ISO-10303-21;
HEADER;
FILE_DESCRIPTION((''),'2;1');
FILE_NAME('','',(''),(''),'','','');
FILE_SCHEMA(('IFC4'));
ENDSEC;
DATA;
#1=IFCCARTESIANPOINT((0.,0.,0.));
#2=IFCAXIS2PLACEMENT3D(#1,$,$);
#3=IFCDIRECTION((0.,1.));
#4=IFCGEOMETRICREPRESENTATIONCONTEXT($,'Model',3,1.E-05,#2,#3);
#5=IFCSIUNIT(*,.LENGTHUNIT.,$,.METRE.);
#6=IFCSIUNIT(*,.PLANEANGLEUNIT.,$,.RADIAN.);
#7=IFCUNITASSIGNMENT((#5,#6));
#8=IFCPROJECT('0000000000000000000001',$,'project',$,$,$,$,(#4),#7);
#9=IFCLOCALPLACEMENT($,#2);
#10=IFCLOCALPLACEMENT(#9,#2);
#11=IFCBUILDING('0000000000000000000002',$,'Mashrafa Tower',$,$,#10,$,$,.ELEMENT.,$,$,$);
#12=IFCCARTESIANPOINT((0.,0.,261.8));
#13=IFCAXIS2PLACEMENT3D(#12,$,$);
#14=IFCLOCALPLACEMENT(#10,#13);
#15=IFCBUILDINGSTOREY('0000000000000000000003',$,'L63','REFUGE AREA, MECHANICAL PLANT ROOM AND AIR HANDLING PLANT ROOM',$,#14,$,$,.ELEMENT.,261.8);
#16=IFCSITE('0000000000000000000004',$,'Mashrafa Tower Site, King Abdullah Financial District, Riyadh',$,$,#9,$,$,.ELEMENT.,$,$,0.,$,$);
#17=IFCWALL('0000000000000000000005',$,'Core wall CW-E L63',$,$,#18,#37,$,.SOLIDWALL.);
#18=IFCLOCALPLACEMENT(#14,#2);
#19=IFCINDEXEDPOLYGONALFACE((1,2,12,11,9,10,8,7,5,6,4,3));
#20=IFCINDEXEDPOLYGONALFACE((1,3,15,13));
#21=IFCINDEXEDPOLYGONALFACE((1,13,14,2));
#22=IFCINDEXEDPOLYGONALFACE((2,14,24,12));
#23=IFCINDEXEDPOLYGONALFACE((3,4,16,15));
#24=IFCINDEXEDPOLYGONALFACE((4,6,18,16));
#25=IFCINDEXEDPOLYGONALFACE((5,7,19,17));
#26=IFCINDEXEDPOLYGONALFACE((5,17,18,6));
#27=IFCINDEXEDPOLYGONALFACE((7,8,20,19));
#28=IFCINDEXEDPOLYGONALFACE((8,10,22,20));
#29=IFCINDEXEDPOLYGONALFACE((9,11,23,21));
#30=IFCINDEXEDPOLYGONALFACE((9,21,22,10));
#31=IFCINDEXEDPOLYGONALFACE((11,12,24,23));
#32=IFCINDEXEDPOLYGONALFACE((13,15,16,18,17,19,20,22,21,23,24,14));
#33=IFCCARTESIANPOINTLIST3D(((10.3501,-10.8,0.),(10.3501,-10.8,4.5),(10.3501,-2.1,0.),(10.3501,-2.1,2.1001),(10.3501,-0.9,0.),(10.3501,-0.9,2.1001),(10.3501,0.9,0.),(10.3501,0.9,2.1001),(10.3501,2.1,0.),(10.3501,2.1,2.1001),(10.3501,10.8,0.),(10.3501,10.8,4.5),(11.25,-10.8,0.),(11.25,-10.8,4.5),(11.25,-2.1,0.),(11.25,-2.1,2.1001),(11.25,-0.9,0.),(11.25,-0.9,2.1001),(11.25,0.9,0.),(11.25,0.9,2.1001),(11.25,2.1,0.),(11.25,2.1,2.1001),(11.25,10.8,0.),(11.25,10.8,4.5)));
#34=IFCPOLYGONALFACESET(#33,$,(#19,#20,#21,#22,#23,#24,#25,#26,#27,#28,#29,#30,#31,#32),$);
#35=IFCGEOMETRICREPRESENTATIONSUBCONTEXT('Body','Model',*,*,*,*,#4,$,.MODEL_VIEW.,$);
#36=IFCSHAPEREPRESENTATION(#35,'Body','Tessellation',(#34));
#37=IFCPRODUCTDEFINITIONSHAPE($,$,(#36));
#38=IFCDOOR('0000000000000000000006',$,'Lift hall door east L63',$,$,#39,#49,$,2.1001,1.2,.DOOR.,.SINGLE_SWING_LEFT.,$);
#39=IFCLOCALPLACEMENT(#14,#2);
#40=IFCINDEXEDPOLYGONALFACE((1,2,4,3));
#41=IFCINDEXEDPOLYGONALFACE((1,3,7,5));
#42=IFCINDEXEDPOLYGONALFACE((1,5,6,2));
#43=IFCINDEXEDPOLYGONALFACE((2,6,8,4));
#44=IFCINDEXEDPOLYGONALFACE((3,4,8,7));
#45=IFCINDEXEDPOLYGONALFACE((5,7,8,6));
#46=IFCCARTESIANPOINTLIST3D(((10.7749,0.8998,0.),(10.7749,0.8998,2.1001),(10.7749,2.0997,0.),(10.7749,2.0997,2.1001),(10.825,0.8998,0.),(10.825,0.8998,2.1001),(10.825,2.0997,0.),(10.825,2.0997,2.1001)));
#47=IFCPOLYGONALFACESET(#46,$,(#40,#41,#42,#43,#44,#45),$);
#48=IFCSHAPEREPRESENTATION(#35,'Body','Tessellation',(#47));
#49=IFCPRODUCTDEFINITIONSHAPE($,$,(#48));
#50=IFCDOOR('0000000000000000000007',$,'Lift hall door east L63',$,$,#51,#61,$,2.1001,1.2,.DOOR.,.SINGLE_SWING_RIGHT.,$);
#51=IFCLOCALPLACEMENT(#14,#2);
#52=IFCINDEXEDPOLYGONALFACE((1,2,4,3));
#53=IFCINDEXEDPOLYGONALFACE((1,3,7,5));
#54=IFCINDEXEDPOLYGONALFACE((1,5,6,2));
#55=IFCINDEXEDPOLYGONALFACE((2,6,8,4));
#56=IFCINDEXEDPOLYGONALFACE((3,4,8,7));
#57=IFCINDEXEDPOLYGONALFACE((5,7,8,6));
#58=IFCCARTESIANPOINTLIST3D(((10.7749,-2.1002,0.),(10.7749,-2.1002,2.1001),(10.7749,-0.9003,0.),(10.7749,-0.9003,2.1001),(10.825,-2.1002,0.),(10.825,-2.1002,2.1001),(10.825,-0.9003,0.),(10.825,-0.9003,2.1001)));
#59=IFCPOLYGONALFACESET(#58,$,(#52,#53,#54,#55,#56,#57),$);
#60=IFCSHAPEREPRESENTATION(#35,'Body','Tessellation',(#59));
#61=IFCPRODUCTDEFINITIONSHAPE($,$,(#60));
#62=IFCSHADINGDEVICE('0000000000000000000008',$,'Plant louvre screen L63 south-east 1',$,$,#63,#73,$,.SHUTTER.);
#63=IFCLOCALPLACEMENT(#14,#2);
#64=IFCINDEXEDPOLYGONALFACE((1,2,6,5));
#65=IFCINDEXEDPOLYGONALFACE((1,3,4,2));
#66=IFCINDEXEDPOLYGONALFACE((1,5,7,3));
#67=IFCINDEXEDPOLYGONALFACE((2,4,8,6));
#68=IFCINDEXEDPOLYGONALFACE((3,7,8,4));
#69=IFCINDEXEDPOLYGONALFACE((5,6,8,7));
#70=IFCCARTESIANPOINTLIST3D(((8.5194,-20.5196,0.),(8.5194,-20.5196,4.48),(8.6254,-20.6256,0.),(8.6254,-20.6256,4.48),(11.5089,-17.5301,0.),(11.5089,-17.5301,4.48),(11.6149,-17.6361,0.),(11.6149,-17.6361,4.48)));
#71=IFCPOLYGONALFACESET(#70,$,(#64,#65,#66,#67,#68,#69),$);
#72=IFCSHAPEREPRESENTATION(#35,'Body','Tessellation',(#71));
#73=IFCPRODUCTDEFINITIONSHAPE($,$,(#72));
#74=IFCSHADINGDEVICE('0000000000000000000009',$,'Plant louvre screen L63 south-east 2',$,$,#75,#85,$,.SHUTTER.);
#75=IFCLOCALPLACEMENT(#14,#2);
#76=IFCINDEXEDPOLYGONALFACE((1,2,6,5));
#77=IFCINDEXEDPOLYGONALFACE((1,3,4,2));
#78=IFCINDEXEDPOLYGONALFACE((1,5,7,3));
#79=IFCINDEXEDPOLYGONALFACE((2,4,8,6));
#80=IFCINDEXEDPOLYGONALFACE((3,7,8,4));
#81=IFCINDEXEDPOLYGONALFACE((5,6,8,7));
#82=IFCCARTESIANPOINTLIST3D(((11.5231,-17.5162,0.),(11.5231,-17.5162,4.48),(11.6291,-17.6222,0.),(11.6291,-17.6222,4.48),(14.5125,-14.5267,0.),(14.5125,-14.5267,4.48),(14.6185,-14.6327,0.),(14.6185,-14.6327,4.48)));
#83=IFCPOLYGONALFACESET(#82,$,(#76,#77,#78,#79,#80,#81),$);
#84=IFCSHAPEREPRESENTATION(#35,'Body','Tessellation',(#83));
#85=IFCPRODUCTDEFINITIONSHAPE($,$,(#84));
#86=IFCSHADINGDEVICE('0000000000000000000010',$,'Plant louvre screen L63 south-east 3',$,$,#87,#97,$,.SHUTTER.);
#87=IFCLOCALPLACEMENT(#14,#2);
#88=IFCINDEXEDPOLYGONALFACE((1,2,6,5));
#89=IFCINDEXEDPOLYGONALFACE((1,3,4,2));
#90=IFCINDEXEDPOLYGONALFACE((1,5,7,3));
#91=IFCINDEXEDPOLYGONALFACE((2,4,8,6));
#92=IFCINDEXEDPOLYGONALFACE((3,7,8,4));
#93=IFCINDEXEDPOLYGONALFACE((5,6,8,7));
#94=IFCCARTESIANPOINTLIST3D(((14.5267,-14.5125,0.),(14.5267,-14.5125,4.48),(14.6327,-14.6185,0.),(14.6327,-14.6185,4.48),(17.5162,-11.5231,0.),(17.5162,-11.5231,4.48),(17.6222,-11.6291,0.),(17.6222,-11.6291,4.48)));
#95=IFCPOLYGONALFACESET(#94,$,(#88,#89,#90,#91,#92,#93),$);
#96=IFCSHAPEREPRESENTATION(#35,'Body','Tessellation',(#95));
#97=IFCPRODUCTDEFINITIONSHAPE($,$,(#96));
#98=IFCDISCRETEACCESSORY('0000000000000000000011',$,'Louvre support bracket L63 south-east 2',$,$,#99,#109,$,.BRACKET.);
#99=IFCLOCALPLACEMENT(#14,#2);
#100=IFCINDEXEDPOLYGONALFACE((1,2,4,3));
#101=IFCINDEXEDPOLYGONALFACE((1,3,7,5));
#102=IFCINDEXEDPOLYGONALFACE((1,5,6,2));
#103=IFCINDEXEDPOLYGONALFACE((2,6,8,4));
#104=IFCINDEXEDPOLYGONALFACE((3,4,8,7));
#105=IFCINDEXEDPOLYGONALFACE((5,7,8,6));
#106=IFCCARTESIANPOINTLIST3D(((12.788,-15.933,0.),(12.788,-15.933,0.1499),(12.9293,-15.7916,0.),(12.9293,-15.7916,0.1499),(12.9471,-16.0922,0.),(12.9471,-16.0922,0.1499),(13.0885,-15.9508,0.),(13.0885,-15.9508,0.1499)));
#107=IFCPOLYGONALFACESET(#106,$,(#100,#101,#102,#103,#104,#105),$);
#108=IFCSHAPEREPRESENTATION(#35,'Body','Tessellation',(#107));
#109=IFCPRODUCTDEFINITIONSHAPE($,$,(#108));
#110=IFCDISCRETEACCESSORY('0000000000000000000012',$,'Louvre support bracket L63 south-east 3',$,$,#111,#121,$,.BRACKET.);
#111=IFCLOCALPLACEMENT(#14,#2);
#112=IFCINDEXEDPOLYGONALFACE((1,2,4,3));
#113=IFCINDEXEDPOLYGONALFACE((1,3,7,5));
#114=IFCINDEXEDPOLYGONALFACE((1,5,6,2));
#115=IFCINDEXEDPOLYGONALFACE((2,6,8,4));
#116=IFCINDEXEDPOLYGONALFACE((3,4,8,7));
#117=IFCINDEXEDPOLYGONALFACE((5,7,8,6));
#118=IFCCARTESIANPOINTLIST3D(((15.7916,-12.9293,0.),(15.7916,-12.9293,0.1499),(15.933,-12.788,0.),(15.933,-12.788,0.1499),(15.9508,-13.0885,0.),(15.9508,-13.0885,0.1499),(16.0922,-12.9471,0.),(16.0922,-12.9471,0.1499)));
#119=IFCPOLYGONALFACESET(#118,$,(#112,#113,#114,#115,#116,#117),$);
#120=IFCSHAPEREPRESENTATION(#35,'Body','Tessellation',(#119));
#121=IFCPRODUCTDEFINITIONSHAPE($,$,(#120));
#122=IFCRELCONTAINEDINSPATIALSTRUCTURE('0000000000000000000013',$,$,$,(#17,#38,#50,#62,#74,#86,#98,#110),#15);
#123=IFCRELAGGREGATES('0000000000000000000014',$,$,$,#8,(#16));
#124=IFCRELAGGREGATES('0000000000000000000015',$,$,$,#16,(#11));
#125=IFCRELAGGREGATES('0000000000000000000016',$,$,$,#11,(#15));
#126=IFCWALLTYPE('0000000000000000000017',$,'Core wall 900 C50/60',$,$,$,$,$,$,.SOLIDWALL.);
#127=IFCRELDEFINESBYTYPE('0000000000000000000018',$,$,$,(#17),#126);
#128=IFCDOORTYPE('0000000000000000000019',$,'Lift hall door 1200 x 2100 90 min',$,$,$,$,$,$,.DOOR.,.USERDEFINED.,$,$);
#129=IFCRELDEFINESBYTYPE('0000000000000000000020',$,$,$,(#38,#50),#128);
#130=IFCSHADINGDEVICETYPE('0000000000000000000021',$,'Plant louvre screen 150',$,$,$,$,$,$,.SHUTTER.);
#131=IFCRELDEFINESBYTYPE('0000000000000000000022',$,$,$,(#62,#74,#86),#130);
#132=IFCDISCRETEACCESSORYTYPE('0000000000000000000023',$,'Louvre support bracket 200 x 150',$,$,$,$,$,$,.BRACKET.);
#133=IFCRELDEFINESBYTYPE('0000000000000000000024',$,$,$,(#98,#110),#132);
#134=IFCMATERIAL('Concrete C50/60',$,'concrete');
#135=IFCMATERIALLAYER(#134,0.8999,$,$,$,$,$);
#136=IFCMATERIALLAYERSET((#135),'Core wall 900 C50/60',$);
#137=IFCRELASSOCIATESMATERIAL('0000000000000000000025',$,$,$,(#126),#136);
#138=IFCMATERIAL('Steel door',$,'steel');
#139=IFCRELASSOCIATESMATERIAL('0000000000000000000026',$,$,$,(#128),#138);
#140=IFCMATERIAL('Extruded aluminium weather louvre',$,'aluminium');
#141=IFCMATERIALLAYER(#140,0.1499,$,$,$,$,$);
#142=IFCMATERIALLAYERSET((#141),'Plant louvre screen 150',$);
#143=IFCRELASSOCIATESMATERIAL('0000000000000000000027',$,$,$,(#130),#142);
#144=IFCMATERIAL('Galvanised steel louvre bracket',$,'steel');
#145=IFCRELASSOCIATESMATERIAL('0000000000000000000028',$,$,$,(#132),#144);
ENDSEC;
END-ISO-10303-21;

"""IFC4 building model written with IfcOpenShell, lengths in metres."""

from ifc_helpers import new_model, si_unit, direction, frame, frame_2d, origin, origin_2d, place, context, subcontext, project, spatial, rectangle, extrude, source, transform, mapped, material, layer, layer_set, type_object, type_shapes, element, fill, save


model = new_model("IFC4")

# Units and contexts
model_context = context("Model", 3, precision=1e-05, world=origin(), true_north=direction((0.0, 1.0)))
body_context = subcontext(model_context, "Body", "Model", "MODEL_VIEW")
ifc_project = project(units=[si_unit("LENGTHUNIT", "METRE"), si_unit("PLANEANGLEUNIT", "RADIAN")], contexts=[model_context])

# Site, building, storey
site_placement = place(None, origin())
site = spatial("IfcSite", under=ifc_project, at=site_placement, Name="Mashrafa Tower Site, King Abdullah Financial District, Riyadh", CompositionType="ELEMENT", RefElevation=0.0)
building_placement = place(site_placement, origin())
building = spatial("IfcBuilding", under=site, at=building_placement, Name="Mashrafa Tower", CompositionType="ELEMENT")
storey_placement = place(building_placement, frame((0.0, 0.0, 261.8)))
storey = spatial("IfcBuildingStorey", under=building, at=storey_placement, Name="L63", Description="REFUGE AREA, MECHANICAL PLANT ROOM AND AIR HANDLING PLANT ROOM", CompositionType="ELEMENT", Elevation=261.8)

# Wall, openings, doors
ifc_material_1 = material(Name="Concrete C50/60", Category="concrete")
ifc_layer_1 = layer(ifc_material_1, 0.8999)
ifc_layer_set_1 = layer_set([ifc_layer_1], Name="Core wall 900 C50/60")
wall_type_1 = type_object("IfcWallType", Name="Core wall 900 C50/60", PredefinedType="SOLIDWALL", material=ifc_layer_set_1)
wall_1_placement = place(storey_placement, frame((10.8, -10.8, 0.0), z_axis=(0.0, 0.0, 1.0), x_axis=(0.0, 1.0, 0.0)))
wall_1 = element("IfcWall", 1, at=wall_1_placement, inside=storey, type_object=wall_type_1, Name="Core wall CW-E L63", PredefinedType="SOLIDWALL", context=body_context, shape_type="SweptSolid", body=[
    extrude(rectangle(XDim=21.6001, YDim=0.8999, at=frame_2d((10.8, 0.0))), origin(), (0.0, 0.0, 1.0), 4.5),
])
opening_1_placement = place(wall_1_placement, frame((11.7, 0.0, 0.0)))
opening_1 = element("IfcOpeningElement", 2, at=opening_1_placement, cuts=wall_1, PredefinedType="OPENING", context=body_context, shape_type="SweptSolid", body=[
    extrude(rectangle(XDim=1.2, YDim=2.1001, at=frame_2d((0.6001, 1.05))), frame((0.0, 0.46, 0.0), z_axis=(0.0, -1.0, 0.0), x_axis=(1.0, 0.0, 0.0)), (0.0, 0.0, 1.0), 0.9199),
])
opening_2_placement = place(wall_1_placement, frame((8.7, 0.0, 0.0)))
opening_2 = element("IfcOpeningElement", 3, at=opening_2_placement, cuts=wall_1, PredefinedType="OPENING", context=body_context, shape_type="SweptSolid", body=[
    extrude(rectangle(XDim=1.2, YDim=2.1001, at=frame_2d((0.6001, 1.05))), frame((0.0, 0.46, 0.0), z_axis=(0.0, -1.0, 0.0), x_axis=(1.0, 0.0, 0.0)), (0.0, 0.0, 1.0), 0.9199),
])
ifc_material_2 = material(Name="Steel door", Category="steel")
door_type_1 = type_object("IfcDoorType", Name="Lift hall door 1200 x 2100 90 min", OperationType="USERDEFINED", PredefinedType="DOOR", material=ifc_material_2)
door_1_placement = place(opening_1_placement, frame((1.2, 0.0, 0.0), z_axis=(0.0, 0.0, 1.0), x_axis=(-1.0, 0.0, 0.0)))
door_1 = element("IfcDoor", 4, at=door_1_placement, inside=storey, type_object=door_type_1, Name="Lift hall door east L63", OperationType="SINGLE_SWING_LEFT", OverallHeight=2.1001, OverallWidth=1.2, PredefinedType="DOOR", context=body_context, shape_type="SweptSolid", body=[
    extrude(rectangle(XDim=1.2, YDim=2.1001, at=frame_2d((0.6001, 1.05))), frame((0.0, 0.0249, 0.0), z_axis=(0.0, -1.0, 0.0), x_axis=(1.0, 0.0, 0.0)), (0.0, 0.0, 1.0), 0.05),
])
fill(opening_1, door_1)
door_2_placement = place(opening_2_placement, frame((1.2, 0.0, 0.0), z_axis=(0.0, 0.0, 1.0), x_axis=(-1.0, 0.0, 0.0)))
door_2 = element("IfcDoor", 5, at=door_2_placement, inside=storey, type_object=door_type_1, Name="Lift hall door east L63", OperationType="SINGLE_SWING_RIGHT", OverallHeight=2.1001, OverallWidth=1.2, PredefinedType="DOOR", context=body_context, shape_type="SweptSolid", body=[
    extrude(rectangle(XDim=1.2, YDim=2.1001, at=frame_2d((0.6001, 1.05))), frame((0.0, 0.0249, 0.0), z_axis=(0.0, -1.0, 0.0), x_axis=(1.0, 0.0, 0.0)), (0.0, 0.0, 1.0), 0.05),
])
fill(opening_2, door_2)

# Shading devices
ifc_material_3 = material(Name="Extruded aluminium weather louvre", Category="aluminium")
ifc_layer_2 = layer(ifc_material_3, 0.1499)
ifc_layer_set_2 = layer_set([ifc_layer_2], Name="Plant louvre screen 150")
shading_device_type = type_object("IfcShadingDeviceType", Name="Plant louvre screen 150", PredefinedType="SHUTTER", material=ifc_layer_set_2)
shared_shape_1 = source(origin(), body_context, "Body", "SweptSolid", [
    extrude(rectangle(XDim=4.2278, YDim=0.1499, at=origin_2d()), origin(), (0.0, 0.0, 1.0), 4.48),
])
type_shapes(shading_device_type, [shared_shape_1])
for number, where, z_axis, x_axis, name in (
    (6, (10.0671, -19.0779, 0.0), (0.0, 0.0, 1.0), (0.707107, 0.707107, 0.0), "Plant louvre screen L63 south-east 1"),
    (7, (13.0708, -16.0745, 0.0), (0.0, 0.0, 1.0), (0.707107, 0.707107, 0.0), "Plant louvre screen L63 south-east 2"),
    (8, (16.0745, -13.0708, 0.0), (0.0, 0.0, 1.0), (0.707107, 0.707107, 0.0), "Plant louvre screen L63 south-east 3"),
):
    element("IfcShadingDevice", number, at=place(storey_placement, frame(where, z_axis=z_axis, x_axis=x_axis)), inside=storey, type_object=shading_device_type, Name=name, PredefinedType="SHUTTER", context=body_context, shape_type="MappedRepresentation", body=[
        mapped(shared_shape_1, transform((0.0, 0.0, 0.0))),
    ])

# Discrete accessories
ifc_material_4 = material(Name="Galvanised steel louvre bracket", Category="steel")
discrete_accessory_type = type_object("IfcDiscreteAccessoryType", Name="Louvre support bracket 200 x 150", PredefinedType="BRACKET", material=ifc_material_4)
shared_shape_2 = source(origin(), body_context, "Body", "SweptSolid", [
    extrude(rectangle(XDim=0.2, YDim=0.2251, at=origin_2d()), origin(), (0.0, 0.0, 1.0), 0.1499),
])
type_shapes(discrete_accessory_type, [shared_shape_2])
for number, where, z_axis, x_axis, name in (
    (9, (12.9382, -15.9419, 0.0), (0.0, 0.0, 1.0), (0.707107, 0.707107, 0.0), "Louvre support bracket L63 south-east 2"),
    (10, (15.9419, -12.9382, 0.0), (0.0, 0.0, 1.0), (0.707107, 0.707107, 0.0), "Louvre support bracket L63 south-east 3"),
):
    element("IfcDiscreteAccessory", number, at=place(storey_placement, frame(where, z_axis=z_axis, x_axis=x_axis)), inside=storey, type_object=discrete_accessory_type, Name=name, PredefinedType="BRACKET", context=body_context, shape_type="MappedRepresentation", body=[
        mapped(shared_shape_2, transform((0.0, 0.0, 0.0))),
    ])

save(model, "model.ifc")
